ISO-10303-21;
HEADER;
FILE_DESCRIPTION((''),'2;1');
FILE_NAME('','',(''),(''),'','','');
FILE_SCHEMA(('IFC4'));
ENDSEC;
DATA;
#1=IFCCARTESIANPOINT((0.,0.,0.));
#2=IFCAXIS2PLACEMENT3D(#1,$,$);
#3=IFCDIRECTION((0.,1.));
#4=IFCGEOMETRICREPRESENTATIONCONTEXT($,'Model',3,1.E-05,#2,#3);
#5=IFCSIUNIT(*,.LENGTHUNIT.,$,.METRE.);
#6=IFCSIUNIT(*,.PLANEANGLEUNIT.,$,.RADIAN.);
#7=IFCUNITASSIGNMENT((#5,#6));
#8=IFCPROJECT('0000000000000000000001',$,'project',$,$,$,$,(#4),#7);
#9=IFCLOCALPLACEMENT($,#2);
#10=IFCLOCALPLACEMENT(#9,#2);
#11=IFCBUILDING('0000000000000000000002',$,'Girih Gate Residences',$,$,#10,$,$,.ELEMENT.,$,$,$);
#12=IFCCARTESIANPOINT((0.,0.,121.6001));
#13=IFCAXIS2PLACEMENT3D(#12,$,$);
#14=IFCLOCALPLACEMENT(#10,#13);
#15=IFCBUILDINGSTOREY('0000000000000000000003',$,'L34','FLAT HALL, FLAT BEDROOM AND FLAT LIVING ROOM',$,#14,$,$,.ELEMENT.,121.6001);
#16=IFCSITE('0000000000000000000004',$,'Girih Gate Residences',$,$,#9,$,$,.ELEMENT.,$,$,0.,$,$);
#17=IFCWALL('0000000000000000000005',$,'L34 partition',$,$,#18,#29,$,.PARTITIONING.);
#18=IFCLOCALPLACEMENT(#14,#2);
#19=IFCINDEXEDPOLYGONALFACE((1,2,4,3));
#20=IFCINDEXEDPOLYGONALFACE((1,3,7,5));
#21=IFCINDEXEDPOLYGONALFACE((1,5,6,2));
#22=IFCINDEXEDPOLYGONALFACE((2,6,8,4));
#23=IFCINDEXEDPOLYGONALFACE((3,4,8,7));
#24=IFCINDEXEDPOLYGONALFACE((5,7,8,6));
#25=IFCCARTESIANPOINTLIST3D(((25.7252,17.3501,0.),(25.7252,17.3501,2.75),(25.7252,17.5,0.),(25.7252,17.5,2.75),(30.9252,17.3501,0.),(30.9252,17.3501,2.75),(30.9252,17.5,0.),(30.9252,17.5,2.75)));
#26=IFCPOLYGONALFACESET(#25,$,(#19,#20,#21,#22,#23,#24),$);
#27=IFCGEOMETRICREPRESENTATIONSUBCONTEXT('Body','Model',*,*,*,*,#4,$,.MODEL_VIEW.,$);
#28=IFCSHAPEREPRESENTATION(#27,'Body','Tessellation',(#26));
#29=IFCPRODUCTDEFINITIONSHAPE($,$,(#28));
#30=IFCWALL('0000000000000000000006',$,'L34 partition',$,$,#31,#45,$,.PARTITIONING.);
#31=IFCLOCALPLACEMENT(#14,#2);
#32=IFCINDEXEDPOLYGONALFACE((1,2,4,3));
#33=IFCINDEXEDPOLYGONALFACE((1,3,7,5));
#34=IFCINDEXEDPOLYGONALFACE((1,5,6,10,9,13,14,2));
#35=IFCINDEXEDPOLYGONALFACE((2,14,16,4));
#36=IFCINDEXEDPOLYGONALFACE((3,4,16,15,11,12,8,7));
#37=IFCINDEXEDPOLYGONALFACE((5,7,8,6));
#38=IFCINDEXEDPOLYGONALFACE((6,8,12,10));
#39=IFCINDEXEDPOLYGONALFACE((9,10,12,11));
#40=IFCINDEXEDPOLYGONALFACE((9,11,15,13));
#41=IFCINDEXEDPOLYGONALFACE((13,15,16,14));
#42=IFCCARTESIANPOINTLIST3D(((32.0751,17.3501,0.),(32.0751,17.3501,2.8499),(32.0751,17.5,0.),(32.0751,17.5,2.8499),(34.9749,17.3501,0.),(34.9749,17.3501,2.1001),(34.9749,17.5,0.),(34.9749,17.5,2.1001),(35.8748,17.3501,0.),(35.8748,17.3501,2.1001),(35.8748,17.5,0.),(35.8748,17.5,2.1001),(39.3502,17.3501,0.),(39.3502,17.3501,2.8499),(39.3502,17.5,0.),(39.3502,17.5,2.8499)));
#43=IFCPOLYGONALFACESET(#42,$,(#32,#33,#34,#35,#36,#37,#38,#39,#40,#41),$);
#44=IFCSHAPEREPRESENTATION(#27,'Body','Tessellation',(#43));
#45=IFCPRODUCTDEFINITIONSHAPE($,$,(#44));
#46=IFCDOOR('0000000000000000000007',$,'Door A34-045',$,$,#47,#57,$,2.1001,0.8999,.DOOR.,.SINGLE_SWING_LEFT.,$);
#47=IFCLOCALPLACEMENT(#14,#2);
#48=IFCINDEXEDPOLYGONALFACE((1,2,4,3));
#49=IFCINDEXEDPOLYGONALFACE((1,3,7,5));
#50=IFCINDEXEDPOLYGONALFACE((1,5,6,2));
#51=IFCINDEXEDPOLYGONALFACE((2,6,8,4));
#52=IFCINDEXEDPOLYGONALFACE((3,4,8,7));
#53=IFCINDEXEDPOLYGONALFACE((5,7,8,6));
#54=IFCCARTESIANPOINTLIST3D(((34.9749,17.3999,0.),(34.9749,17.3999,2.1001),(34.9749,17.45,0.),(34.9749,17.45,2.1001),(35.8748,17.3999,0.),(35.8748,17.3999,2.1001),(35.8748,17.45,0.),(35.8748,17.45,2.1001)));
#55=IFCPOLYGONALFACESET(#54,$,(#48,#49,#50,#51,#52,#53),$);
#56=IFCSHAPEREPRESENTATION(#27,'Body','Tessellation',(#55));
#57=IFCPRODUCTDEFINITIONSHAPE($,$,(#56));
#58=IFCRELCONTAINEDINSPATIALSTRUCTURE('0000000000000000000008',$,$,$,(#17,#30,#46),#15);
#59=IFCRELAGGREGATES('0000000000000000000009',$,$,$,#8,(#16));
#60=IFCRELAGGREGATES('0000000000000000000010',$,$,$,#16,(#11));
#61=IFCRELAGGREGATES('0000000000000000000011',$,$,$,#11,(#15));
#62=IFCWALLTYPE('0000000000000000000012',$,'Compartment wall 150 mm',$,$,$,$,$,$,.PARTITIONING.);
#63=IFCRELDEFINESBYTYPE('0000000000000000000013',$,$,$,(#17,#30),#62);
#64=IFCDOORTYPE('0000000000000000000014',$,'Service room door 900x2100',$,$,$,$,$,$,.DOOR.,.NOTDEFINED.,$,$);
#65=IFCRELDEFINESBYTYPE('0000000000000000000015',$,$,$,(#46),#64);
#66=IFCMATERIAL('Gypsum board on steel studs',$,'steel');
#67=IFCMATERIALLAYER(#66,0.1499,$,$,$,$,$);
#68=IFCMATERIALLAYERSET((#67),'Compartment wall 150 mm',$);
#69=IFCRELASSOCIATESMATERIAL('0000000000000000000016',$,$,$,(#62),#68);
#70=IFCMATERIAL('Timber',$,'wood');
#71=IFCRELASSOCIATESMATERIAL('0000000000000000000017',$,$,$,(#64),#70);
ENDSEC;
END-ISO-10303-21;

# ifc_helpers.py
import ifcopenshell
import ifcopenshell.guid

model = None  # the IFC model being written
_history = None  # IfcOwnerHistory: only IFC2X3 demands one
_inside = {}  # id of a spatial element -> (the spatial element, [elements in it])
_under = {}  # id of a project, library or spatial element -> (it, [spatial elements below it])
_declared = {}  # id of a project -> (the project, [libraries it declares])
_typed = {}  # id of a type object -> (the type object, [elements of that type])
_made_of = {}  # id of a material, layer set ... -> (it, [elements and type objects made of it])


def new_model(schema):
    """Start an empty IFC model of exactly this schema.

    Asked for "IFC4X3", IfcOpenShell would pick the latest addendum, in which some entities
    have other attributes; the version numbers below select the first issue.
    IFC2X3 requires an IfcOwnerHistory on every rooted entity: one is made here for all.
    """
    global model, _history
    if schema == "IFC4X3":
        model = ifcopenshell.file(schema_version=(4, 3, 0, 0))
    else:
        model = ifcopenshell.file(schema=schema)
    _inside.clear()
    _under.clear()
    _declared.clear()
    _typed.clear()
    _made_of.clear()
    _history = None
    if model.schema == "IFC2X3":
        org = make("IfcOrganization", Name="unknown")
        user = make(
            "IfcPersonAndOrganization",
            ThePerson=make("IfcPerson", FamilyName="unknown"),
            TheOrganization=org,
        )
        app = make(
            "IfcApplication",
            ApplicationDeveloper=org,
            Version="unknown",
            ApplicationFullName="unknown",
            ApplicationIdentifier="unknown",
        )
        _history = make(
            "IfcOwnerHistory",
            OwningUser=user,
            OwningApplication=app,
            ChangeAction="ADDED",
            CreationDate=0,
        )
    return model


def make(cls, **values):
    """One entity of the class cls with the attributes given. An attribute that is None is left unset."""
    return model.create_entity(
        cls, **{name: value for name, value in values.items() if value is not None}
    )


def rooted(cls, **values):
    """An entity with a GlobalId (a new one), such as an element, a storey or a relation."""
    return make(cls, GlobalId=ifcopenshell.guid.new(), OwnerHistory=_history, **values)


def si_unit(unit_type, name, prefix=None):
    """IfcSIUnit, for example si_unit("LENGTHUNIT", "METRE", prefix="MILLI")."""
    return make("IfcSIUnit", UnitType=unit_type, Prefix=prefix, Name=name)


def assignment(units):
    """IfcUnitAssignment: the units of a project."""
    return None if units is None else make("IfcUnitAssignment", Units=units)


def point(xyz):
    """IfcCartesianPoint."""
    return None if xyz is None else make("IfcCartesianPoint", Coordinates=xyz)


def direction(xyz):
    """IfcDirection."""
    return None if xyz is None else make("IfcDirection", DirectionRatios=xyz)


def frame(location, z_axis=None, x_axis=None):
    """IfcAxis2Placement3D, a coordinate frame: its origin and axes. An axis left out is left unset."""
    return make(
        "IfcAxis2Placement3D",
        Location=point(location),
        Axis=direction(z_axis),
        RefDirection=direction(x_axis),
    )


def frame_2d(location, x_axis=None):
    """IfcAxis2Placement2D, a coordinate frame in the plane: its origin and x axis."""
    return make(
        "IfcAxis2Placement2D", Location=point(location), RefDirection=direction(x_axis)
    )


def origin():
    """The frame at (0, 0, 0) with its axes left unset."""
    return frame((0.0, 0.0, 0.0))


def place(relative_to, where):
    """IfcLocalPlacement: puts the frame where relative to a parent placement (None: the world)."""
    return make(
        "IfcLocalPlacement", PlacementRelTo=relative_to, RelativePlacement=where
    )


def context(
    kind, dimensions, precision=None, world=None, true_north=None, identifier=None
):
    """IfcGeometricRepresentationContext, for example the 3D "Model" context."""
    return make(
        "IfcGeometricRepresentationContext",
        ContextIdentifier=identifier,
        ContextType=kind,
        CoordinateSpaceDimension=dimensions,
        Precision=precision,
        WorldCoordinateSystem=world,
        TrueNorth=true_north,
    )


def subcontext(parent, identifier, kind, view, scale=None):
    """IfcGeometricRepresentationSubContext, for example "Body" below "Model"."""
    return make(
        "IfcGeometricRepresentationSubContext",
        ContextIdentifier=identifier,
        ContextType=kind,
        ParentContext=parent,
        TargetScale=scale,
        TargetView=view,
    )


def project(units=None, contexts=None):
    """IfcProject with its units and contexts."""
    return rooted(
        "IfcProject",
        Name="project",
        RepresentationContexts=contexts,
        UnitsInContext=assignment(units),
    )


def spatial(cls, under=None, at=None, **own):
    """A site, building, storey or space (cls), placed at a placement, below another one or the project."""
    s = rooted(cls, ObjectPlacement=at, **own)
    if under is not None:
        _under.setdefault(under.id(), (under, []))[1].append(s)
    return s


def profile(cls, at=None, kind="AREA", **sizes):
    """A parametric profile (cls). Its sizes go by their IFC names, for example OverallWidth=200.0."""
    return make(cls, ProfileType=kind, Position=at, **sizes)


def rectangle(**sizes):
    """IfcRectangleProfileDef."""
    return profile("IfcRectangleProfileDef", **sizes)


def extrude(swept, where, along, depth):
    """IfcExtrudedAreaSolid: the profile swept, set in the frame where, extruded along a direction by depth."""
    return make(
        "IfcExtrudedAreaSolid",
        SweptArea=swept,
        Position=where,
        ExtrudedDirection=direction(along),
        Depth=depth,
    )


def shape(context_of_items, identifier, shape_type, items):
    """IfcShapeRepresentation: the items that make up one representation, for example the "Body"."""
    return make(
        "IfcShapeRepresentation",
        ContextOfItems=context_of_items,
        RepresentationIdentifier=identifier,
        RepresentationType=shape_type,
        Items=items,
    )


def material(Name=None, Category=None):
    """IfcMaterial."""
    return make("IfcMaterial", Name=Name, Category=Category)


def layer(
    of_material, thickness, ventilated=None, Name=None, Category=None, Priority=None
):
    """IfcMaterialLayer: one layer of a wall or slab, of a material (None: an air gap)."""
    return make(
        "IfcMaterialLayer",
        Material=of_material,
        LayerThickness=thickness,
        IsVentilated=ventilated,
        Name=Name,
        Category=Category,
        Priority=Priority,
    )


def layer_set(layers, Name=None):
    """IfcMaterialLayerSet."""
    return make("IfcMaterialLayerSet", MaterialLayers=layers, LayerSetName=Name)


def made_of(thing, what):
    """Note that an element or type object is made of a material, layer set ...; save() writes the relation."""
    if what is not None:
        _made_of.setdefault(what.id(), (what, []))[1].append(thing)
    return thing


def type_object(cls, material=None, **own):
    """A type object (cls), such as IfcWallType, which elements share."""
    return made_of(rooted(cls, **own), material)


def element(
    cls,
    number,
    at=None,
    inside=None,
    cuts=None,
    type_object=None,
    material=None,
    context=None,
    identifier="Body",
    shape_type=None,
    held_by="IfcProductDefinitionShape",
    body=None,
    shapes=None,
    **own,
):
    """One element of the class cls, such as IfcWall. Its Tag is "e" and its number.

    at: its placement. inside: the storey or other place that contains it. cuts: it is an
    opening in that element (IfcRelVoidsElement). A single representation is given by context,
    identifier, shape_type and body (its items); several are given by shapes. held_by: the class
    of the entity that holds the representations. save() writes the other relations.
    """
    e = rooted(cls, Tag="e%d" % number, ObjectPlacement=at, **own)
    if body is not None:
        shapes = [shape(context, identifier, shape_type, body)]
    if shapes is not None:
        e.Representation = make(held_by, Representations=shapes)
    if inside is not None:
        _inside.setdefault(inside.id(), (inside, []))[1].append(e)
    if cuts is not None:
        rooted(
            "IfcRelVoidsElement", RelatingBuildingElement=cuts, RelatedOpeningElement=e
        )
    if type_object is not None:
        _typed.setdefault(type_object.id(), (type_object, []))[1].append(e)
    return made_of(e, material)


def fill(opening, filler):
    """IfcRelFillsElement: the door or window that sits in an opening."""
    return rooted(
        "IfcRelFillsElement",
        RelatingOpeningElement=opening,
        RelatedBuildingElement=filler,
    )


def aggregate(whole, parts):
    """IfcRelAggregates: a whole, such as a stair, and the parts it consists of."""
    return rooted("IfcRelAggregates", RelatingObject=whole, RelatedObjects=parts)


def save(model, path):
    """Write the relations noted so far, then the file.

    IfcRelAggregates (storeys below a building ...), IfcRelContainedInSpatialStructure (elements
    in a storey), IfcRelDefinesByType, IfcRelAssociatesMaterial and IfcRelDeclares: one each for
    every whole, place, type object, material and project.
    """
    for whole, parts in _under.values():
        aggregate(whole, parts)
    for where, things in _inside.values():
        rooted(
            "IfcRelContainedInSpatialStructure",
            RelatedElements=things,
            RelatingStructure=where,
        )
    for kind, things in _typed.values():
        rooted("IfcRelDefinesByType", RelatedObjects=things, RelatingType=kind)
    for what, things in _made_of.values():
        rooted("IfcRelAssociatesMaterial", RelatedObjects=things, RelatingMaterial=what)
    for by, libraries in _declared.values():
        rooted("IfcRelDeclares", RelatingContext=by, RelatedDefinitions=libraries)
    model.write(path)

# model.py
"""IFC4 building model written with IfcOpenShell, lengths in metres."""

from ifc_helpers import new_model, si_unit, direction, frame, frame_2d, origin, place, context, subcontext, project, spatial, rectangle, extrude, material, layer, layer_set, type_object, element, fill, save


model = new_model("IFC4")

# Units and contexts
model_context = context("Model", 3, precision=1e-05, world=origin(), true_north=direction((0.0, 1.0)))
body_context = subcontext(model_context, "Body", "Model", "MODEL_VIEW")
ifc_project = project(units=[si_unit("LENGTHUNIT", "METRE"), si_unit("PLANEANGLEUNIT", "RADIAN")], contexts=[model_context])

# Site, building, storey
site_placement = place(None, origin())
site = spatial("IfcSite", under=ifc_project, at=site_placement, Name="Girih Gate Residences", CompositionType="ELEMENT", RefElevation=0.0)
building_placement = place(site_placement, origin())
building = spatial("IfcBuilding", under=site, at=building_placement, Name="Girih Gate Residences", CompositionType="ELEMENT")
storey_placement = place(building_placement, frame((0.0, 0.0, 121.6001)))
storey = spatial("IfcBuildingStorey", under=building, at=storey_placement, Name="L34", Description="FLAT HALL, FLAT BEDROOM AND FLAT LIVING ROOM", CompositionType="ELEMENT", Elevation=121.6001)

# Shared definitions
ifc_material_1 = material(Name="Gypsum board on steel studs", Category="steel")

# Shared definitions
ifc_layer_1 = layer(ifc_material_1, 0.1499)
ifc_layer_set_1 = layer_set([ifc_layer_1], Name="Compartment wall 150 mm")
wall_type_1 = type_object("IfcWallType", Name="Compartment wall 150 mm", PredefinedType="PARTITIONING", material=ifc_layer_set_1)

# Wall
wall_1_placement = place(storey_placement, frame((25.7251, 17.425, 0.0), z_axis=(0.0, 0.0, 1.0), x_axis=(1.0, 0.0, 0.0)))
element("IfcWall", 1, at=wall_1_placement, inside=storey, type_object=wall_type_1, Name="L34 partition", PredefinedType="PARTITIONING", context=body_context, shape_type="SweptSolid", body=[
    extrude(rectangle(XDim=5.2, YDim=0.1499, at=frame_2d((2.6001, 0.0))), origin(), (0.0, 0.0, 1.0), 2.75),
])

# Wall, opening, door
wall_2_placement = place(storey_placement, frame((32.075, 17.425, 0.0), z_axis=(0.0, 0.0, 1.0), x_axis=(1.0, 0.0, 0.0)))
wall_2 = element("IfcWall", 2, at=wall_2_placement, inside=storey, type_object=wall_type_1, Name="L34 partition", PredefinedType="PARTITIONING", context=body_context, shape_type="SweptSolid", body=[
    extrude(rectangle(XDim=7.2751, YDim=0.1499, at=frame_2d((3.6377, 0.0))), origin(), (0.0, 0.0, 1.0), 2.8499),
])
opening_1_placement = place(wall_2_placement, frame((2.8999, 0.0, 0.0)))
opening_1 = element("IfcOpeningElement", 3, at=opening_1_placement, cuts=wall_2, PredefinedType="OPENING", context=body_context, shape_type="SweptSolid", body=[
    extrude(rectangle(XDim=0.8999, YDim=2.1001, at=frame_2d((0.45, 1.05))), frame((0.0, 0.085, 0.0), z_axis=(0.0, -1.0, 0.0), x_axis=(1.0, 0.0, 0.0)), (0.0, 0.0, 1.0), 0.1699),
])
ifc_material_2 = material(Name="Timber", Category="wood")
door_type_1 = type_object("IfcDoorType", Name="Service room door 900x2100", OperationType="NOTDEFINED", PredefinedType="DOOR", material=ifc_material_2)
door_1_placement = place(opening_1_placement, origin())
door_1 = element("IfcDoor", 4, at=door_1_placement, inside=storey, type_object=door_type_1, Name="Door A34-045", OperationType="SINGLE_SWING_LEFT", OverallHeight=2.1001, OverallWidth=0.8999, PredefinedType="DOOR", context=body_context, shape_type="SweptSolid", body=[
    extrude(rectangle(XDim=0.8999, YDim=2.1001, at=frame_2d((0.45, 1.05))), frame((0.0, 0.0249, 0.0), z_axis=(0.0, -1.0, 0.0), x_axis=(1.0, 0.0, 0.0)), (0.0, 0.0, 1.0), 0.05),
])
fill(opening_1, door_1)

save(model, "model.ifc")
